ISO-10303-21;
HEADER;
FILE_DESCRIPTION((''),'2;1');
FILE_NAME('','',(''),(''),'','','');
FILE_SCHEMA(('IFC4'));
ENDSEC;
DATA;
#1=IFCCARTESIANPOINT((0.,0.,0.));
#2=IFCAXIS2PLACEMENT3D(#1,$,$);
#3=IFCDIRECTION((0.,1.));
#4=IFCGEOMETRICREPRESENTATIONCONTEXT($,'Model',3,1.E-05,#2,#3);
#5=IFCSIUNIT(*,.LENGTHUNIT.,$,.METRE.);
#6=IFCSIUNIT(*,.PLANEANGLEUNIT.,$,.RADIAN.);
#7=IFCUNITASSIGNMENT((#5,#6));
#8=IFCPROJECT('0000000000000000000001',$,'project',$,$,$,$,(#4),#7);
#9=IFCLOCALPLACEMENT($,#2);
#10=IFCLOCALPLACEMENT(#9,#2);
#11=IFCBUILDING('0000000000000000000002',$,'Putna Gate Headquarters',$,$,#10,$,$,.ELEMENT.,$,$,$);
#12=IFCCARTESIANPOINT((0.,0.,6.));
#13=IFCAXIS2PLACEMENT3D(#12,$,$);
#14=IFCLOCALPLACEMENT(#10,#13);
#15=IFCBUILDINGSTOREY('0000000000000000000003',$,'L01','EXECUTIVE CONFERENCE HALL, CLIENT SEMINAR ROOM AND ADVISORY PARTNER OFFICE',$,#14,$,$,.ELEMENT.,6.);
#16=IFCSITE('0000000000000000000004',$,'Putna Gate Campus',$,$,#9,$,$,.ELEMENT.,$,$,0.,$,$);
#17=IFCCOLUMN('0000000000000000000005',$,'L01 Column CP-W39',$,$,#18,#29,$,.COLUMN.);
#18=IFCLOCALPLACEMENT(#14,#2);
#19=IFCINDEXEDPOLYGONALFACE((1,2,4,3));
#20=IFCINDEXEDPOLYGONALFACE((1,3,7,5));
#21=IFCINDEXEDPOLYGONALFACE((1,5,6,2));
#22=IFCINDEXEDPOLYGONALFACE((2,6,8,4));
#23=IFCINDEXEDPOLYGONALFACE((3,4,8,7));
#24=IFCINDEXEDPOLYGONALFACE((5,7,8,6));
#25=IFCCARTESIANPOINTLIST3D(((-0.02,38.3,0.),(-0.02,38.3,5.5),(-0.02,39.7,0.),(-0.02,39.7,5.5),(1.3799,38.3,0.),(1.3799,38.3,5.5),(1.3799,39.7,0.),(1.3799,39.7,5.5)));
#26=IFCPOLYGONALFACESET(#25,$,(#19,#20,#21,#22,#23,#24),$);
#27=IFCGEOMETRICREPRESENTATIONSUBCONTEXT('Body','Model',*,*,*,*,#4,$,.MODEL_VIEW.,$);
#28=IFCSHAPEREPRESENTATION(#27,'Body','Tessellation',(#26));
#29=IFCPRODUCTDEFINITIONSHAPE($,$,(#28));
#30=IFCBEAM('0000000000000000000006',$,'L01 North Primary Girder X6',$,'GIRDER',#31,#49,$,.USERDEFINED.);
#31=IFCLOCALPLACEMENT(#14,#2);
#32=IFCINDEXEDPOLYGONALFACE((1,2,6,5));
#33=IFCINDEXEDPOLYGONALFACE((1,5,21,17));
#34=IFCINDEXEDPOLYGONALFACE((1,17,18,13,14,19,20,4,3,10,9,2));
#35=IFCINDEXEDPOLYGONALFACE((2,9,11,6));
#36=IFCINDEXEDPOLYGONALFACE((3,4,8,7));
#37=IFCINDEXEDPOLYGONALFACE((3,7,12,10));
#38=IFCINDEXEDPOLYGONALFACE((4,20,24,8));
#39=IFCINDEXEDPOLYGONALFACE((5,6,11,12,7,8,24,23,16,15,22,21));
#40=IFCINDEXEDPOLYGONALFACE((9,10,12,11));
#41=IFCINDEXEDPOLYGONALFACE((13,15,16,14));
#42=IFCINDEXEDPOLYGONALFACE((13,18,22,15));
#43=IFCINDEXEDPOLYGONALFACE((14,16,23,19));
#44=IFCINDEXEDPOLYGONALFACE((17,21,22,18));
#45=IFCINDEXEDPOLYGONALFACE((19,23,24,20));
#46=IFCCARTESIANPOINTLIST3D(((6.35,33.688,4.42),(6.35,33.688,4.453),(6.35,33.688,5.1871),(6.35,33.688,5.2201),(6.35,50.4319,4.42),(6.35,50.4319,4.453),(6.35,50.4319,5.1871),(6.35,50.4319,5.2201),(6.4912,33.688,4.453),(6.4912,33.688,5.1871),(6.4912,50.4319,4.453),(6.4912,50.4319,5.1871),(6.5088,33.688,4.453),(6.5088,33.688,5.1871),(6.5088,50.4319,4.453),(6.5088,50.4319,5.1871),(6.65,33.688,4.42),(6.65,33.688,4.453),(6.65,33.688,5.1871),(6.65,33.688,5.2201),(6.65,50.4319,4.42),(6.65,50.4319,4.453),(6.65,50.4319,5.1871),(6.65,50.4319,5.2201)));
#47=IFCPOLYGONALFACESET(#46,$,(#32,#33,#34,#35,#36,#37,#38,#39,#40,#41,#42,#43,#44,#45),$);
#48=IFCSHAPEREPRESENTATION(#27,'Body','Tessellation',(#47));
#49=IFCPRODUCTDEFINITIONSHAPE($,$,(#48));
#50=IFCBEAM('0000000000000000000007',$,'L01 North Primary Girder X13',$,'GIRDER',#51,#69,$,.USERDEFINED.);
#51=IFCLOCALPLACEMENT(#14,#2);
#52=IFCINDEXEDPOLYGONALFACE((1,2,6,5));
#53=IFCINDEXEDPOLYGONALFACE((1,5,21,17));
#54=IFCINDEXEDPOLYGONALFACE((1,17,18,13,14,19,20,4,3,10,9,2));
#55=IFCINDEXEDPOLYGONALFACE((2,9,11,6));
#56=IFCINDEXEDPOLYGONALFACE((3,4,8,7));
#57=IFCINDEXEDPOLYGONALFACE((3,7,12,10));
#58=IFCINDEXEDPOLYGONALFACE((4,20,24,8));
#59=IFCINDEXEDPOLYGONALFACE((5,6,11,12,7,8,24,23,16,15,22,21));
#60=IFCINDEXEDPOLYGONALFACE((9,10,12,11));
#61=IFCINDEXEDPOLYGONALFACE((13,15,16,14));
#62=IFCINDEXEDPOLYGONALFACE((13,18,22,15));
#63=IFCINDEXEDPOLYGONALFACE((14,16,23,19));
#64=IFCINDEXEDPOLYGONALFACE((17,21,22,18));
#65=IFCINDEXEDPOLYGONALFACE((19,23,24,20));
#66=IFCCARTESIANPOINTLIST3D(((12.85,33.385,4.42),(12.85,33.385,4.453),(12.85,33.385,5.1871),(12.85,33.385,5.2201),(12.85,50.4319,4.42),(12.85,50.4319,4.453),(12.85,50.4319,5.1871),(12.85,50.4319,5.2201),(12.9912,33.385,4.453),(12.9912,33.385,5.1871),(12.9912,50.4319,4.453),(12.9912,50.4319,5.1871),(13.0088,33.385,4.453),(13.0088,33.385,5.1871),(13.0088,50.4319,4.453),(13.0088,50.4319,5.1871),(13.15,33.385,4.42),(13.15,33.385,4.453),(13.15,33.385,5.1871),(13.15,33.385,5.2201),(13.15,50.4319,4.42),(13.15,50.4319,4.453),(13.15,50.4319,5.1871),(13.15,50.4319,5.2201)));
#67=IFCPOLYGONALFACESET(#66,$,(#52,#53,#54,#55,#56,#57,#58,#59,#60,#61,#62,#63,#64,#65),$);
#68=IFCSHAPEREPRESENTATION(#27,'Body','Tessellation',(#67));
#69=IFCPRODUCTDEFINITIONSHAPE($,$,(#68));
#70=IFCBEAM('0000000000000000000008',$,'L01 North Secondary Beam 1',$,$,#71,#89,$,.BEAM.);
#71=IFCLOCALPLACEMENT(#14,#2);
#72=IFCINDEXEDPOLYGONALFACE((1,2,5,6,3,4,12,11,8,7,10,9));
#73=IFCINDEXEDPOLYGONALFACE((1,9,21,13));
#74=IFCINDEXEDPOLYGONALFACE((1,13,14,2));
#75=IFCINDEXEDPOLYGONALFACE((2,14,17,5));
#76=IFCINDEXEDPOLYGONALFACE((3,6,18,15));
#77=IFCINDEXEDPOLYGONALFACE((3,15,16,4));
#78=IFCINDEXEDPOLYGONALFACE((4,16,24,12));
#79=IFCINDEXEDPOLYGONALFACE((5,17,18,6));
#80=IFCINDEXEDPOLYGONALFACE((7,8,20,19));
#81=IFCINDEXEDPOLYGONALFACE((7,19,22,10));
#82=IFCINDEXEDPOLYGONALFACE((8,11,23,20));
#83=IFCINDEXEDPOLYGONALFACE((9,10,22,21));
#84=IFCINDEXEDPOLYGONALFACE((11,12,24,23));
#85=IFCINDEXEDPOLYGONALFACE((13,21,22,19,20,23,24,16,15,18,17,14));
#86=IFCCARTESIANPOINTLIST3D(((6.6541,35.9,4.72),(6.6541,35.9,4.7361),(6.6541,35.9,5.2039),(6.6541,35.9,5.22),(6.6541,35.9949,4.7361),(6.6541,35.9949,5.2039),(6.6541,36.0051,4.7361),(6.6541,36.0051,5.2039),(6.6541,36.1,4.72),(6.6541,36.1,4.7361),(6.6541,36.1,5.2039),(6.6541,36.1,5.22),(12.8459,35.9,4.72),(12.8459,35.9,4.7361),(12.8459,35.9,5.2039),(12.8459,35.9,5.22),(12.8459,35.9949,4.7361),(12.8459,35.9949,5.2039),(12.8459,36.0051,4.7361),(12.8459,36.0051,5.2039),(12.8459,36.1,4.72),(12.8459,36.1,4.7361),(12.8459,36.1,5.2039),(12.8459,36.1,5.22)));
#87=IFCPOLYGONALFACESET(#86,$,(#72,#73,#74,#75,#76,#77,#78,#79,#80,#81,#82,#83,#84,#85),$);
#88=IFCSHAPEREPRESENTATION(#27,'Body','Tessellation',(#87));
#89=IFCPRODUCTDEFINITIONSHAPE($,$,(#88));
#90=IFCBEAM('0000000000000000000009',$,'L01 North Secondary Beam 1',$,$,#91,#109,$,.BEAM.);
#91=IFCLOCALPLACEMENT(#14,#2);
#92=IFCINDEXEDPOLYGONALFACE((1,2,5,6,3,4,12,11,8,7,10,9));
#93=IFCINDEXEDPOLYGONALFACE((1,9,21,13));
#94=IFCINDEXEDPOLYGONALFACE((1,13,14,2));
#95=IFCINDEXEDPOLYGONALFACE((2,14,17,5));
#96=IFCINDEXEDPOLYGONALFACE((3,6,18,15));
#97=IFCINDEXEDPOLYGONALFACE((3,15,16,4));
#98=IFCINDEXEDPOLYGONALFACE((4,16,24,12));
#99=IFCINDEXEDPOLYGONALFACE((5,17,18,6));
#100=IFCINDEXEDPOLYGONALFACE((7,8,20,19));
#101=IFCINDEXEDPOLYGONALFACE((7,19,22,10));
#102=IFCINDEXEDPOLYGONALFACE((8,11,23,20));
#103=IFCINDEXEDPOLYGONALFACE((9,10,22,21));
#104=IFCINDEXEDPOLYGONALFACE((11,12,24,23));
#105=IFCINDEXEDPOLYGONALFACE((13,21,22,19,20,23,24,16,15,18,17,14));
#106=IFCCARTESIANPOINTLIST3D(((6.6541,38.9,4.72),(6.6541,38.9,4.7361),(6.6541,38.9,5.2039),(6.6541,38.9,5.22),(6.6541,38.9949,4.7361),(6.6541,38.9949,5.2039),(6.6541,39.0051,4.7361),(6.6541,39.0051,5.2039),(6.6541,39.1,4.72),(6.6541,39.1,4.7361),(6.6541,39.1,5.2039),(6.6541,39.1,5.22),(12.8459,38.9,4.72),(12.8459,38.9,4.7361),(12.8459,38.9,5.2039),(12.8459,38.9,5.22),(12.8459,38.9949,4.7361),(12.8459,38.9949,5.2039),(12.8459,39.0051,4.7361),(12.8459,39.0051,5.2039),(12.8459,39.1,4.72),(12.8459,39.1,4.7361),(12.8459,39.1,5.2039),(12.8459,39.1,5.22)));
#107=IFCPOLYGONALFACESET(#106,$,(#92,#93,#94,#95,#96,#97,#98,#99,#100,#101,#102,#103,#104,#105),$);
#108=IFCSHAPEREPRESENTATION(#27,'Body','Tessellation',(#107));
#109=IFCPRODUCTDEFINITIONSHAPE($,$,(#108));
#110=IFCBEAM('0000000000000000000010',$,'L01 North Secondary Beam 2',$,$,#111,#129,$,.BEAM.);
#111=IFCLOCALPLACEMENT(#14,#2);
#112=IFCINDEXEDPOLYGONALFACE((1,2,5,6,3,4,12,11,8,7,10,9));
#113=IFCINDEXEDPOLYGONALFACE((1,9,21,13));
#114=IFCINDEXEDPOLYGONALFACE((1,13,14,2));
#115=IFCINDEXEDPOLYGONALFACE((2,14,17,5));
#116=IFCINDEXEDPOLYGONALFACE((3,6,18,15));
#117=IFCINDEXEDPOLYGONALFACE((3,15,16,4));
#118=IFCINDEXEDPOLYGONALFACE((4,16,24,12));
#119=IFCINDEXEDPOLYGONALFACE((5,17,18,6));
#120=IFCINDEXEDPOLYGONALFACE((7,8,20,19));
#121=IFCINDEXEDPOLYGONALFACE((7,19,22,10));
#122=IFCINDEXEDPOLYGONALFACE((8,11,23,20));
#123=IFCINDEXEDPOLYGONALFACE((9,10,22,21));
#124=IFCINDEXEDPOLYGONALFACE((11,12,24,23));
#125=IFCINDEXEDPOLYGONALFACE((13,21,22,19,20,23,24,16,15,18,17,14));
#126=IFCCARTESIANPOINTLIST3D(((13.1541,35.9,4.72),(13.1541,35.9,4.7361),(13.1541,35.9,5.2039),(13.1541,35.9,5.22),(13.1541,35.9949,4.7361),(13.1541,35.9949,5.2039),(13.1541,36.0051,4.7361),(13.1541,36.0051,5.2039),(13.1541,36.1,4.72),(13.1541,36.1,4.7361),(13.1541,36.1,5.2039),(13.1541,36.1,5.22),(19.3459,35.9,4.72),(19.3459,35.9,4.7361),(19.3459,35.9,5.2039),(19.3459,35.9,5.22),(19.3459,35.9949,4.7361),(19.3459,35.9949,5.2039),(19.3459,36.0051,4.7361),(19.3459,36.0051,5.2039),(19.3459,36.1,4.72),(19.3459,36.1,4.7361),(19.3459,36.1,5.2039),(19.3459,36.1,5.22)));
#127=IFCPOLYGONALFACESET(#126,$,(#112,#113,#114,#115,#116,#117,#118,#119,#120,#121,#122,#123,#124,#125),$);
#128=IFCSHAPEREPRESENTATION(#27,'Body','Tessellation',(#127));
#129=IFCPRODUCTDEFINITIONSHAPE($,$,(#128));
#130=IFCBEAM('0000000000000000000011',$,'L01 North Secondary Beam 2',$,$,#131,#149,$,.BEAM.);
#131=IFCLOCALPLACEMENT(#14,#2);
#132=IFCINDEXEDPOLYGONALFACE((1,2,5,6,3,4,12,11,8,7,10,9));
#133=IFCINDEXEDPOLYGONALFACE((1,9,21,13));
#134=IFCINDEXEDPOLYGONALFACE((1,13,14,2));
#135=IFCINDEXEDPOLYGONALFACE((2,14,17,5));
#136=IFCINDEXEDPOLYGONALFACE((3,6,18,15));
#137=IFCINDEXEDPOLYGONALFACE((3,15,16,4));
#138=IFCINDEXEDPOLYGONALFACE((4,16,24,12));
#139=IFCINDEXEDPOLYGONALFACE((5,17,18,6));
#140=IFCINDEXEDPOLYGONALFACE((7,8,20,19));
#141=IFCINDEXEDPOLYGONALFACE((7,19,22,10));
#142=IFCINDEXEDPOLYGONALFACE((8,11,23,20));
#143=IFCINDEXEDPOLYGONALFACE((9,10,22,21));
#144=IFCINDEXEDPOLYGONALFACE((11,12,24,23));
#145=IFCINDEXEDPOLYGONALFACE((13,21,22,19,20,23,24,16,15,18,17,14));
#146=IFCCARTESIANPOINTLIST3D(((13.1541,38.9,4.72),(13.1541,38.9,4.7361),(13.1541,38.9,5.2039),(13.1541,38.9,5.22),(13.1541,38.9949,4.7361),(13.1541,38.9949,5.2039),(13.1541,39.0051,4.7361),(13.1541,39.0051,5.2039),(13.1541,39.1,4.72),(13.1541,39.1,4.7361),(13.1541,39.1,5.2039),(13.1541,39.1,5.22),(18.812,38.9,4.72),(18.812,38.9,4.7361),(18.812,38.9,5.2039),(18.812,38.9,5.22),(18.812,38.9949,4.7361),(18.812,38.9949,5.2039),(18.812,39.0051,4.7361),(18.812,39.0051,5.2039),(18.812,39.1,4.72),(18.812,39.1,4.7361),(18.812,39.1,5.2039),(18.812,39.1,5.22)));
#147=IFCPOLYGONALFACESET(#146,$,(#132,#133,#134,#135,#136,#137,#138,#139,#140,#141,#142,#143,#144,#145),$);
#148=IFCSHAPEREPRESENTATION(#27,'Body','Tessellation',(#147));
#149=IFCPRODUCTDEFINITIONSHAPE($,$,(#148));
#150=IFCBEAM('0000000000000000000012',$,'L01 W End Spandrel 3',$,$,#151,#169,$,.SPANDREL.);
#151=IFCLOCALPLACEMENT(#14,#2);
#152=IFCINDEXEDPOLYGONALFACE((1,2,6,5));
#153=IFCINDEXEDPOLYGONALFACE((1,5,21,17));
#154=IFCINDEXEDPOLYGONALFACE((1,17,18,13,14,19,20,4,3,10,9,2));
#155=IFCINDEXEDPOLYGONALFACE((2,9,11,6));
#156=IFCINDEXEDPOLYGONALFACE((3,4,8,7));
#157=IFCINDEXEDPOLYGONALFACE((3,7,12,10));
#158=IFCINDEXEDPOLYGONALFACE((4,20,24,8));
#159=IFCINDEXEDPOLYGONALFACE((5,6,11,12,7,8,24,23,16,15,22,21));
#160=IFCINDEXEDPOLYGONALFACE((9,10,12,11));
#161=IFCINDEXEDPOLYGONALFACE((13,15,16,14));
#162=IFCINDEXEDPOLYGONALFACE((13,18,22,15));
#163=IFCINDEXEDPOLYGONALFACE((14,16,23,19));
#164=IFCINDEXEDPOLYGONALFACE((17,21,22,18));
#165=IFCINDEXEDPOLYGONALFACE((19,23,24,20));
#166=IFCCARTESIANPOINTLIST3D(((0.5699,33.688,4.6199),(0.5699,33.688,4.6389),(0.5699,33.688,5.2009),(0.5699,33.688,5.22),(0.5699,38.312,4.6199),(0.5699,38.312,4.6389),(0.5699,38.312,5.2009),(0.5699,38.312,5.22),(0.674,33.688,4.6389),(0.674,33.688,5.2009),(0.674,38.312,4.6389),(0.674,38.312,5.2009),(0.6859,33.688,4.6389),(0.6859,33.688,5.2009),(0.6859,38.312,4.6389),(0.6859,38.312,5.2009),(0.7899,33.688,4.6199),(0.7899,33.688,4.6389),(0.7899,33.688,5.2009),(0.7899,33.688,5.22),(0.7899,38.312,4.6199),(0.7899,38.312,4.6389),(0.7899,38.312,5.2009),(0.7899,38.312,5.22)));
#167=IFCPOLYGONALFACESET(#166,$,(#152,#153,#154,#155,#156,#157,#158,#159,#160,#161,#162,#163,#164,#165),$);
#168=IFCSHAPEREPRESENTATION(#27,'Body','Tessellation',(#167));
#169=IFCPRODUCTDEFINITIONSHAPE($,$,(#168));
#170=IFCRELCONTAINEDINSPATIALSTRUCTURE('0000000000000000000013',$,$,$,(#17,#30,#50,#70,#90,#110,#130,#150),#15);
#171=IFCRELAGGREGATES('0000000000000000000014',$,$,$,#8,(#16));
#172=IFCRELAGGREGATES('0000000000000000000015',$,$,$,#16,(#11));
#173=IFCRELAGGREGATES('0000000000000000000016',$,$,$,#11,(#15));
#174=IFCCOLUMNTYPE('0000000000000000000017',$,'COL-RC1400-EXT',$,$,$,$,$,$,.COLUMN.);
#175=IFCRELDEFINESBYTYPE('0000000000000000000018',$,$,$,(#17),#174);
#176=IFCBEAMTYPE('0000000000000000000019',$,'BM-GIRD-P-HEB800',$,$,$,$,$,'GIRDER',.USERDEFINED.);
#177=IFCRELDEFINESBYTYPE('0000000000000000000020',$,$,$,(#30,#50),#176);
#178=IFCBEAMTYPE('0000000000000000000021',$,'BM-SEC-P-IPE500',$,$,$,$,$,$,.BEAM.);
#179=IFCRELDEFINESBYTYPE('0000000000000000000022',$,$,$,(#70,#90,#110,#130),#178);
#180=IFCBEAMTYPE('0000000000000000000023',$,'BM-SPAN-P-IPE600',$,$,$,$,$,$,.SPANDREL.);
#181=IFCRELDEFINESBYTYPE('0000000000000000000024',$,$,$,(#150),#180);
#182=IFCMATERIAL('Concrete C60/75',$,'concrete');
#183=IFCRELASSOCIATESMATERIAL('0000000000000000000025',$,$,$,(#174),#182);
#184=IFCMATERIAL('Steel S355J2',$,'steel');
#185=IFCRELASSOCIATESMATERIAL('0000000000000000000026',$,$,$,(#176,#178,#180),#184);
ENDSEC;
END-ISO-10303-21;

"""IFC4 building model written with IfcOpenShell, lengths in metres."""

from ifc_helpers import new_model, si_unit, direction, frame, origin, origin_2d, place, context, subcontext, project, spatial, rectangle, i_section, extrude, material, material_profile, profile_set, type_object, element, save


model = new_model("IFC4")

# Units and contexts
model_context = context("Model", 3, precision=1e-05, world=origin(), true_north=direction((0.0, 1.0)))
body_context = subcontext(model_context, "Body", "Model", "MODEL_VIEW")
ifc_project = project(units=[si_unit("LENGTHUNIT", "METRE"), si_unit("PLANEANGLEUNIT", "RADIAN")], contexts=[model_context])

# Site, building, storey
site_placement = place(None, origin())
site = spatial("IfcSite", under=ifc_project, at=site_placement, Name="Putna Gate Campus", CompositionType="ELEMENT", RefElevation=0.0)
building_placement = place(site_placement, origin())
building = spatial("IfcBuilding", under=site, at=building_placement, Name="Putna Gate Headquarters", CompositionType="ELEMENT")
storey_placement = place(building_placement, frame((0.0, 0.0, 6.0)))
storey = spatial("IfcBuildingStorey", under=building, at=storey_placement, Name="L01", Description="EXECUTIVE CONFERENCE HALL, CLIENT SEMINAR ROOM AND ADVISORY PARTNER OFFICE", CompositionType="ELEMENT", Elevation=6.0)

# Column
ifc_material_1 = material(Name="Concrete C60/75", Category="concrete")
ifc_material_profile_1 = material_profile(ifc_material_1, rectangle(XDim=1.3999, YDim=1.3999, at=origin_2d()), Name="Concrete C60/75")
ifc_profile_set_1 = profile_set([ifc_material_profile_1], Name="Concrete C60/75")
column_type = type_object("IfcColumnType", Name="COL-RC1400-EXT", PredefinedType="COLUMN", material=ifc_profile_set_1)
column_placement = place(storey_placement, frame((0.6799, 39.0, 0.0), z_axis=(0.0, 0.0, 1.0), x_axis=(1.0, 0.0, 0.0)))
element("IfcColumn", 1, at=column_placement, inside=storey, type_object=column_type, Name="L01 Column CP-W39", PredefinedType="COLUMN", context=body_context, shape_type="SweptSolid", body=[
    extrude(rectangle(XDim=1.3999, YDim=1.3999, at=origin_2d()), origin(), (0.0, 0.0, 1.0), 5.5),
])

# Beams
ifc_material_2 = material(Name="Steel S355J2", Category="steel")
ifc_material_profile_2 = material_profile(ifc_material_2, i_section(OverallWidth=0.3, OverallDepth=0.8, WebThickness=0.0176, FlangeThickness=0.033, at=origin_2d()), Name="Steel S355J2")
ifc_profile_set_2 = profile_set([ifc_material_profile_2], Name="Steel S355J2")
beam_type_1 = type_object("IfcBeamType", Name="BM-GIRD-P-HEB800", ElementType="GIRDER", PredefinedType="USERDEFINED", material=ifc_profile_set_2)
beam_1_placement = place(storey_placement, frame((6.5, 33.688, 4.8201), z_axis=(0.0, 1.0, 0.0), x_axis=(-1.0, 0.0, 0.0)))
element("IfcBeam", 2, at=beam_1_placement, inside=storey, type_object=beam_type_1, Name="L01 North Primary Girder X6", ObjectType="GIRDER", PredefinedType="USERDEFINED", context=body_context, shape_type="SweptSolid", body=[
    extrude(i_section(OverallWidth=0.3, OverallDepth=0.8, WebThickness=0.0176, FlangeThickness=0.033, at=origin_2d()), origin(), (0.0, 0.0, 1.0), 16.7439),
])
beam_2_placement = place(storey_placement, frame((13.0, 33.385, 4.8201), z_axis=(0.0, 1.0, 0.0), x_axis=(-1.0, 0.0, 0.0)))
element("IfcBeam", 3, at=beam_2_placement, inside=storey, type_object=beam_type_1, Name="L01 North Primary Girder X13", ObjectType="GIRDER", PredefinedType="USERDEFINED", context=body_context, shape_type="SweptSolid", body=[
    extrude(i_section(OverallWidth=0.3, OverallDepth=0.8, WebThickness=0.0176, FlangeThickness=0.033, at=origin_2d()), origin(), (0.0, 0.0, 1.0), 17.0469),
])
ifc_material_profile_3 = material_profile(ifc_material_2, i_section(OverallWidth=0.2, OverallDepth=0.5, WebThickness=0.0103, FlangeThickness=0.0161, at=origin_2d()), Name="Steel S355J2")
ifc_profile_set_3 = profile_set([ifc_material_profile_3], Name="Steel S355J2")
beam_type_2 = type_object("IfcBeamType", Name="BM-SEC-P-IPE500", PredefinedType="BEAM", material=ifc_profile_set_3)
for number, where, z_axis, x_axis, name in (
    (4, (6.6541, 36.0, 4.97), (1.0, 0.0, 0.0), (0.0, 1.0, 0.0), "L01 North Secondary Beam 1"),
    (5, (6.6541, 39.0, 4.97), (1.0, 0.0, 0.0), (0.0, 1.0, 0.0), "L01 North Secondary Beam 1"),
    (6, (13.1541, 36.0, 4.97), (1.0, 0.0, 0.0), (0.0, 1.0, 0.0), "L01 North Secondary Beam 2"),
):
    element("IfcBeam", number, at=place(storey_placement, frame(where, z_axis=z_axis, x_axis=x_axis)), inside=storey, type_object=beam_type_2, Name=name, PredefinedType="BEAM", context=body_context, shape_type="SweptSolid", body=[
        extrude(i_section(OverallWidth=0.2, OverallDepth=0.5, WebThickness=0.0103, FlangeThickness=0.0161, at=origin_2d()), origin(), (0.0, 0.0, 1.0), 6.1919),
    ])
beam_3_placement = place(storey_placement, frame((13.1541, 39.0, 4.97), z_axis=(1.0, 0.0, 0.0), x_axis=(0.0, 1.0, 0.0)))
element("IfcBeam", 7, at=beam_3_placement, inside=storey, type_object=beam_type_2, Name="L01 North Secondary Beam 2", PredefinedType="BEAM", context=body_context, shape_type="SweptSolid", body=[
    extrude(i_section(OverallWidth=0.2, OverallDepth=0.5, WebThickness=0.0103, FlangeThickness=0.0161, at=origin_2d()), origin(), (0.0, 0.0, 1.0), 5.658),
])
ifc_material_profile_4 = material_profile(ifc_material_2, i_section(OverallWidth=0.22, OverallDepth=0.6001, WebThickness=0.012, FlangeThickness=0.019, at=origin_2d()), Name="Steel S355J2")
ifc_profile_set_4 = profile_set([ifc_material_profile_4], Name="Steel S355J2")
beam_type_3 = type_object("IfcBeamType", Name="BM-SPAN-P-IPE600", PredefinedType="SPANDREL", material=ifc_profile_set_4)
beam_4_placement = place(storey_placement, frame((0.6799, 33.688, 4.9199), z_axis=(0.0, 1.0, 0.0), x_axis=(-1.0, 0.0, 0.0)))
element("IfcBeam", 8, at=beam_4_placement, inside=storey, type_object=beam_type_3, Name="L01 W End Spandrel 3", PredefinedType="SPANDREL", context=body_context, shape_type="SweptSolid", body=[
    extrude(i_section(OverallWidth=0.22, OverallDepth=0.6001, WebThickness=0.012, FlangeThickness=0.019, at=origin_2d()), origin(), (0.0, 0.0, 1.0), 4.624),
])

save(model, "model.ifc")
